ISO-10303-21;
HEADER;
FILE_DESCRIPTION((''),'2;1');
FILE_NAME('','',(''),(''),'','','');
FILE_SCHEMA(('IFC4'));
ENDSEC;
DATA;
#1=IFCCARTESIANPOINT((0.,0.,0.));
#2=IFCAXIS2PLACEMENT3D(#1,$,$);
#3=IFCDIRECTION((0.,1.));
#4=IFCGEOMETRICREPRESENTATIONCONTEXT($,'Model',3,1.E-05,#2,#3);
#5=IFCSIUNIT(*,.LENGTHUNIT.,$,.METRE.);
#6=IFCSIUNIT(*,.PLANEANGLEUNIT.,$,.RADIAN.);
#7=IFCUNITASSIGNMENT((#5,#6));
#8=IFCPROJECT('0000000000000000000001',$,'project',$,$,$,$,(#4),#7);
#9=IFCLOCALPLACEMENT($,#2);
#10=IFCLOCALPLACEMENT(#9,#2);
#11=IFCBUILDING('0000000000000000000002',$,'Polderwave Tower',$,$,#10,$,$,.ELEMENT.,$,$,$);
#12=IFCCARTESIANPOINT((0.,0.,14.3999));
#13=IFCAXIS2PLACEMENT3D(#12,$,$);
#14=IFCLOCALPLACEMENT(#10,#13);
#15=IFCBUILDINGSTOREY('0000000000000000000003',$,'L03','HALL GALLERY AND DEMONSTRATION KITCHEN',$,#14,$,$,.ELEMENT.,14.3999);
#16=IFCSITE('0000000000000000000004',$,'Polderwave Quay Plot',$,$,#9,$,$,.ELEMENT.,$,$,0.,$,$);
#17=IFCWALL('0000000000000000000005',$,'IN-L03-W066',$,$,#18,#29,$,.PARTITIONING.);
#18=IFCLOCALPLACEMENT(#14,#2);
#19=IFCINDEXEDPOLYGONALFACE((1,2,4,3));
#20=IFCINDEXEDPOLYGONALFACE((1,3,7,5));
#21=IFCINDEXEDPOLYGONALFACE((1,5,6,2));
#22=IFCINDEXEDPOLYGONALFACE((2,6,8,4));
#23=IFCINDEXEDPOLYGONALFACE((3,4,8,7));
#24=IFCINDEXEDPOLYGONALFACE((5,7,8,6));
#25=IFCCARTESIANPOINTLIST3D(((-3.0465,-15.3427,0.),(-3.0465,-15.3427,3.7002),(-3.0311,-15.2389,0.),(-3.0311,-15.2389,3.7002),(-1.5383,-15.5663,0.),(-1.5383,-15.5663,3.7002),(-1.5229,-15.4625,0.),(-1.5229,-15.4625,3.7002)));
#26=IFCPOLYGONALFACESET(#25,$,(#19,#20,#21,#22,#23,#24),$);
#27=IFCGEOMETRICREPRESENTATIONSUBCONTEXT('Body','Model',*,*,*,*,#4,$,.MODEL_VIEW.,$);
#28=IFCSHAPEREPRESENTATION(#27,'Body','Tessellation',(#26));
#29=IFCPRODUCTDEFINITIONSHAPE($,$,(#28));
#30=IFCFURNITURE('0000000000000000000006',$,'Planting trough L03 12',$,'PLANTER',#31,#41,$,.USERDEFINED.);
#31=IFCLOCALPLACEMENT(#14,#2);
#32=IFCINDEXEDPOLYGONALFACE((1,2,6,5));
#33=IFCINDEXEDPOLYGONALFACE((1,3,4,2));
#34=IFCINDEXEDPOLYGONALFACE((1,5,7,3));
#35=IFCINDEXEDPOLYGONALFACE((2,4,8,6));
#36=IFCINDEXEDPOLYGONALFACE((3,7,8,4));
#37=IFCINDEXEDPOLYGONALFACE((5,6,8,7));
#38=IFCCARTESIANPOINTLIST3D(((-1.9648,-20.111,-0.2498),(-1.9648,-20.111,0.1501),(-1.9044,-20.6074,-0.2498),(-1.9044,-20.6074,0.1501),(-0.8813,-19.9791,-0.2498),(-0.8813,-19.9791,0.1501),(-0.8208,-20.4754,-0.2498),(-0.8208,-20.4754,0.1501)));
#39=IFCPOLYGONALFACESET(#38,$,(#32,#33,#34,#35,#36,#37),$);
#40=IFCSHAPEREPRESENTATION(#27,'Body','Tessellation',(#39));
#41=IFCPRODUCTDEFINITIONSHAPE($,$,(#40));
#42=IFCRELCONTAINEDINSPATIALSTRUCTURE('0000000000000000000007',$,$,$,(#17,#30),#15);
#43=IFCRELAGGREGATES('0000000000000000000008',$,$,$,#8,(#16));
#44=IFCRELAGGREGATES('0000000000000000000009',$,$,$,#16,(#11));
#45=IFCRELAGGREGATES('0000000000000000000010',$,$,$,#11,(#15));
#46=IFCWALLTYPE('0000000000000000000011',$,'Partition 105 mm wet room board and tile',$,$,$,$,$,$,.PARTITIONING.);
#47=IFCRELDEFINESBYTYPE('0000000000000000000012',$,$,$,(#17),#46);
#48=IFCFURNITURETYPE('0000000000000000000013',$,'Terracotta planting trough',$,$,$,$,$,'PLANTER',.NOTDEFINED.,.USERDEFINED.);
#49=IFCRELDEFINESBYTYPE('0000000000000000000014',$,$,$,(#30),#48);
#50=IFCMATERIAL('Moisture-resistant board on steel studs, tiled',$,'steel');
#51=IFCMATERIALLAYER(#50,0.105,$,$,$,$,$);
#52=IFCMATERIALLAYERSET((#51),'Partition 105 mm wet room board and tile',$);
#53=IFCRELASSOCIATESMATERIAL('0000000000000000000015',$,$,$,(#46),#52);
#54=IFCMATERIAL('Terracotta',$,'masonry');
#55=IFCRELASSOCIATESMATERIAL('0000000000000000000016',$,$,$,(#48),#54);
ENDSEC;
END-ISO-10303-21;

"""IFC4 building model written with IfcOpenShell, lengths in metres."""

from ifc_helpers import new_model, si_unit, direction, frame, frame_2d, origin, origin_2d, place, context, subcontext, project, spatial, rectangle, extrude, material, layer, layer_set, type_object, element, save


model = new_model("IFC4")

# Units and contexts
model_context = context("Model", 3, precision=1e-05, world=origin(), true_north=direction((0.0, 1.0)))
body_context = subcontext(model_context, "Body", "Model", "MODEL_VIEW")
ifc_project = project(units=[si_unit("LENGTHUNIT", "METRE"), si_unit("PLANEANGLEUNIT", "RADIAN")], contexts=[model_context])

# Site, building, storey
site_placement = place(None, origin())
site = spatial("IfcSite", under=ifc_project, at=site_placement, Name="Polderwave Quay Plot", CompositionType="ELEMENT", RefElevation=0.0)
building_placement = place(site_placement, origin())
building = spatial("IfcBuilding", under=site, at=building_placement, Name="Polderwave Tower", CompositionType="ELEMENT")
storey_placement = place(building_placement, frame((0.0, 0.0, 14.3999)))
storey = spatial("IfcBuildingStorey", under=building, at=storey_placement, Name="L03", Description="HALL GALLERY AND DEMONSTRATION KITCHEN", CompositionType="ELEMENT", Elevation=14.3999)

# Wall
ifc_material_1 = material(Name="Moisture-resistant board on steel studs, tiled", Category="steel")
ifc_layer_1 = layer(ifc_material_1, 0.105)
ifc_layer_set_1 = layer_set([ifc_layer_1], Name="Partition 105 mm wet room board and tile")
wall_type_1 = type_object("IfcWallType", Name="Partition 105 mm wet room board and tile", PredefinedType="PARTITIONING", material=ifc_layer_set_1)
for number, where, z_axis, x_axis, name in (
    (1, (-1.5308, -15.5144, 0.0), (0.0, 0.0, 1.0), (-0.989183, 0.146688, 0.0), "IN-L03-W066"),
):
    element("IfcWall", number, at=place(storey_placement, frame(where, z_axis=z_axis, x_axis=x_axis)), inside=storey, type_object=wall_type_1, Name=name, PredefinedType="PARTITIONING", context=body_context, shape_type="SweptSolid", body=[
        extrude(rectangle(XDim=1.5247, YDim=0.105, at=frame_2d((0.7622, 0.0))), origin(), (0.0, 0.0, 1.0), 3.7002),
    ])

# Furniture
ifc_material_2 = material(Name="Terracotta", Category="masonry")
furniture_type = type_object("IfcFurnitureType", Name="Terracotta planting trough", ElementType="PLANTER", AssemblyPlace="NOTDEFINED", PredefinedType="USERDEFINED", material=ifc_material_2)
furniture_placement = place(storey_placement, frame((-1.3928, -20.2932, -0.2498), z_axis=(0.0, 0.0, 1.0), x_axis=(0.992666, 0.120892, 0.0)))
element("IfcFurniture", 2, at=furniture_placement, inside=storey, type_object=furniture_type, Name="Planting trough L03 12", ObjectType="PLANTER", PredefinedType="USERDEFINED", context=body_context, shape_type="SweptSolid", body=[
    extrude(rectangle(XDim=1.0916, YDim=0.5, at=origin_2d()), origin(), (0.0, 0.0, 1.0), 0.3999),
])

save(model, "model.ifc")
